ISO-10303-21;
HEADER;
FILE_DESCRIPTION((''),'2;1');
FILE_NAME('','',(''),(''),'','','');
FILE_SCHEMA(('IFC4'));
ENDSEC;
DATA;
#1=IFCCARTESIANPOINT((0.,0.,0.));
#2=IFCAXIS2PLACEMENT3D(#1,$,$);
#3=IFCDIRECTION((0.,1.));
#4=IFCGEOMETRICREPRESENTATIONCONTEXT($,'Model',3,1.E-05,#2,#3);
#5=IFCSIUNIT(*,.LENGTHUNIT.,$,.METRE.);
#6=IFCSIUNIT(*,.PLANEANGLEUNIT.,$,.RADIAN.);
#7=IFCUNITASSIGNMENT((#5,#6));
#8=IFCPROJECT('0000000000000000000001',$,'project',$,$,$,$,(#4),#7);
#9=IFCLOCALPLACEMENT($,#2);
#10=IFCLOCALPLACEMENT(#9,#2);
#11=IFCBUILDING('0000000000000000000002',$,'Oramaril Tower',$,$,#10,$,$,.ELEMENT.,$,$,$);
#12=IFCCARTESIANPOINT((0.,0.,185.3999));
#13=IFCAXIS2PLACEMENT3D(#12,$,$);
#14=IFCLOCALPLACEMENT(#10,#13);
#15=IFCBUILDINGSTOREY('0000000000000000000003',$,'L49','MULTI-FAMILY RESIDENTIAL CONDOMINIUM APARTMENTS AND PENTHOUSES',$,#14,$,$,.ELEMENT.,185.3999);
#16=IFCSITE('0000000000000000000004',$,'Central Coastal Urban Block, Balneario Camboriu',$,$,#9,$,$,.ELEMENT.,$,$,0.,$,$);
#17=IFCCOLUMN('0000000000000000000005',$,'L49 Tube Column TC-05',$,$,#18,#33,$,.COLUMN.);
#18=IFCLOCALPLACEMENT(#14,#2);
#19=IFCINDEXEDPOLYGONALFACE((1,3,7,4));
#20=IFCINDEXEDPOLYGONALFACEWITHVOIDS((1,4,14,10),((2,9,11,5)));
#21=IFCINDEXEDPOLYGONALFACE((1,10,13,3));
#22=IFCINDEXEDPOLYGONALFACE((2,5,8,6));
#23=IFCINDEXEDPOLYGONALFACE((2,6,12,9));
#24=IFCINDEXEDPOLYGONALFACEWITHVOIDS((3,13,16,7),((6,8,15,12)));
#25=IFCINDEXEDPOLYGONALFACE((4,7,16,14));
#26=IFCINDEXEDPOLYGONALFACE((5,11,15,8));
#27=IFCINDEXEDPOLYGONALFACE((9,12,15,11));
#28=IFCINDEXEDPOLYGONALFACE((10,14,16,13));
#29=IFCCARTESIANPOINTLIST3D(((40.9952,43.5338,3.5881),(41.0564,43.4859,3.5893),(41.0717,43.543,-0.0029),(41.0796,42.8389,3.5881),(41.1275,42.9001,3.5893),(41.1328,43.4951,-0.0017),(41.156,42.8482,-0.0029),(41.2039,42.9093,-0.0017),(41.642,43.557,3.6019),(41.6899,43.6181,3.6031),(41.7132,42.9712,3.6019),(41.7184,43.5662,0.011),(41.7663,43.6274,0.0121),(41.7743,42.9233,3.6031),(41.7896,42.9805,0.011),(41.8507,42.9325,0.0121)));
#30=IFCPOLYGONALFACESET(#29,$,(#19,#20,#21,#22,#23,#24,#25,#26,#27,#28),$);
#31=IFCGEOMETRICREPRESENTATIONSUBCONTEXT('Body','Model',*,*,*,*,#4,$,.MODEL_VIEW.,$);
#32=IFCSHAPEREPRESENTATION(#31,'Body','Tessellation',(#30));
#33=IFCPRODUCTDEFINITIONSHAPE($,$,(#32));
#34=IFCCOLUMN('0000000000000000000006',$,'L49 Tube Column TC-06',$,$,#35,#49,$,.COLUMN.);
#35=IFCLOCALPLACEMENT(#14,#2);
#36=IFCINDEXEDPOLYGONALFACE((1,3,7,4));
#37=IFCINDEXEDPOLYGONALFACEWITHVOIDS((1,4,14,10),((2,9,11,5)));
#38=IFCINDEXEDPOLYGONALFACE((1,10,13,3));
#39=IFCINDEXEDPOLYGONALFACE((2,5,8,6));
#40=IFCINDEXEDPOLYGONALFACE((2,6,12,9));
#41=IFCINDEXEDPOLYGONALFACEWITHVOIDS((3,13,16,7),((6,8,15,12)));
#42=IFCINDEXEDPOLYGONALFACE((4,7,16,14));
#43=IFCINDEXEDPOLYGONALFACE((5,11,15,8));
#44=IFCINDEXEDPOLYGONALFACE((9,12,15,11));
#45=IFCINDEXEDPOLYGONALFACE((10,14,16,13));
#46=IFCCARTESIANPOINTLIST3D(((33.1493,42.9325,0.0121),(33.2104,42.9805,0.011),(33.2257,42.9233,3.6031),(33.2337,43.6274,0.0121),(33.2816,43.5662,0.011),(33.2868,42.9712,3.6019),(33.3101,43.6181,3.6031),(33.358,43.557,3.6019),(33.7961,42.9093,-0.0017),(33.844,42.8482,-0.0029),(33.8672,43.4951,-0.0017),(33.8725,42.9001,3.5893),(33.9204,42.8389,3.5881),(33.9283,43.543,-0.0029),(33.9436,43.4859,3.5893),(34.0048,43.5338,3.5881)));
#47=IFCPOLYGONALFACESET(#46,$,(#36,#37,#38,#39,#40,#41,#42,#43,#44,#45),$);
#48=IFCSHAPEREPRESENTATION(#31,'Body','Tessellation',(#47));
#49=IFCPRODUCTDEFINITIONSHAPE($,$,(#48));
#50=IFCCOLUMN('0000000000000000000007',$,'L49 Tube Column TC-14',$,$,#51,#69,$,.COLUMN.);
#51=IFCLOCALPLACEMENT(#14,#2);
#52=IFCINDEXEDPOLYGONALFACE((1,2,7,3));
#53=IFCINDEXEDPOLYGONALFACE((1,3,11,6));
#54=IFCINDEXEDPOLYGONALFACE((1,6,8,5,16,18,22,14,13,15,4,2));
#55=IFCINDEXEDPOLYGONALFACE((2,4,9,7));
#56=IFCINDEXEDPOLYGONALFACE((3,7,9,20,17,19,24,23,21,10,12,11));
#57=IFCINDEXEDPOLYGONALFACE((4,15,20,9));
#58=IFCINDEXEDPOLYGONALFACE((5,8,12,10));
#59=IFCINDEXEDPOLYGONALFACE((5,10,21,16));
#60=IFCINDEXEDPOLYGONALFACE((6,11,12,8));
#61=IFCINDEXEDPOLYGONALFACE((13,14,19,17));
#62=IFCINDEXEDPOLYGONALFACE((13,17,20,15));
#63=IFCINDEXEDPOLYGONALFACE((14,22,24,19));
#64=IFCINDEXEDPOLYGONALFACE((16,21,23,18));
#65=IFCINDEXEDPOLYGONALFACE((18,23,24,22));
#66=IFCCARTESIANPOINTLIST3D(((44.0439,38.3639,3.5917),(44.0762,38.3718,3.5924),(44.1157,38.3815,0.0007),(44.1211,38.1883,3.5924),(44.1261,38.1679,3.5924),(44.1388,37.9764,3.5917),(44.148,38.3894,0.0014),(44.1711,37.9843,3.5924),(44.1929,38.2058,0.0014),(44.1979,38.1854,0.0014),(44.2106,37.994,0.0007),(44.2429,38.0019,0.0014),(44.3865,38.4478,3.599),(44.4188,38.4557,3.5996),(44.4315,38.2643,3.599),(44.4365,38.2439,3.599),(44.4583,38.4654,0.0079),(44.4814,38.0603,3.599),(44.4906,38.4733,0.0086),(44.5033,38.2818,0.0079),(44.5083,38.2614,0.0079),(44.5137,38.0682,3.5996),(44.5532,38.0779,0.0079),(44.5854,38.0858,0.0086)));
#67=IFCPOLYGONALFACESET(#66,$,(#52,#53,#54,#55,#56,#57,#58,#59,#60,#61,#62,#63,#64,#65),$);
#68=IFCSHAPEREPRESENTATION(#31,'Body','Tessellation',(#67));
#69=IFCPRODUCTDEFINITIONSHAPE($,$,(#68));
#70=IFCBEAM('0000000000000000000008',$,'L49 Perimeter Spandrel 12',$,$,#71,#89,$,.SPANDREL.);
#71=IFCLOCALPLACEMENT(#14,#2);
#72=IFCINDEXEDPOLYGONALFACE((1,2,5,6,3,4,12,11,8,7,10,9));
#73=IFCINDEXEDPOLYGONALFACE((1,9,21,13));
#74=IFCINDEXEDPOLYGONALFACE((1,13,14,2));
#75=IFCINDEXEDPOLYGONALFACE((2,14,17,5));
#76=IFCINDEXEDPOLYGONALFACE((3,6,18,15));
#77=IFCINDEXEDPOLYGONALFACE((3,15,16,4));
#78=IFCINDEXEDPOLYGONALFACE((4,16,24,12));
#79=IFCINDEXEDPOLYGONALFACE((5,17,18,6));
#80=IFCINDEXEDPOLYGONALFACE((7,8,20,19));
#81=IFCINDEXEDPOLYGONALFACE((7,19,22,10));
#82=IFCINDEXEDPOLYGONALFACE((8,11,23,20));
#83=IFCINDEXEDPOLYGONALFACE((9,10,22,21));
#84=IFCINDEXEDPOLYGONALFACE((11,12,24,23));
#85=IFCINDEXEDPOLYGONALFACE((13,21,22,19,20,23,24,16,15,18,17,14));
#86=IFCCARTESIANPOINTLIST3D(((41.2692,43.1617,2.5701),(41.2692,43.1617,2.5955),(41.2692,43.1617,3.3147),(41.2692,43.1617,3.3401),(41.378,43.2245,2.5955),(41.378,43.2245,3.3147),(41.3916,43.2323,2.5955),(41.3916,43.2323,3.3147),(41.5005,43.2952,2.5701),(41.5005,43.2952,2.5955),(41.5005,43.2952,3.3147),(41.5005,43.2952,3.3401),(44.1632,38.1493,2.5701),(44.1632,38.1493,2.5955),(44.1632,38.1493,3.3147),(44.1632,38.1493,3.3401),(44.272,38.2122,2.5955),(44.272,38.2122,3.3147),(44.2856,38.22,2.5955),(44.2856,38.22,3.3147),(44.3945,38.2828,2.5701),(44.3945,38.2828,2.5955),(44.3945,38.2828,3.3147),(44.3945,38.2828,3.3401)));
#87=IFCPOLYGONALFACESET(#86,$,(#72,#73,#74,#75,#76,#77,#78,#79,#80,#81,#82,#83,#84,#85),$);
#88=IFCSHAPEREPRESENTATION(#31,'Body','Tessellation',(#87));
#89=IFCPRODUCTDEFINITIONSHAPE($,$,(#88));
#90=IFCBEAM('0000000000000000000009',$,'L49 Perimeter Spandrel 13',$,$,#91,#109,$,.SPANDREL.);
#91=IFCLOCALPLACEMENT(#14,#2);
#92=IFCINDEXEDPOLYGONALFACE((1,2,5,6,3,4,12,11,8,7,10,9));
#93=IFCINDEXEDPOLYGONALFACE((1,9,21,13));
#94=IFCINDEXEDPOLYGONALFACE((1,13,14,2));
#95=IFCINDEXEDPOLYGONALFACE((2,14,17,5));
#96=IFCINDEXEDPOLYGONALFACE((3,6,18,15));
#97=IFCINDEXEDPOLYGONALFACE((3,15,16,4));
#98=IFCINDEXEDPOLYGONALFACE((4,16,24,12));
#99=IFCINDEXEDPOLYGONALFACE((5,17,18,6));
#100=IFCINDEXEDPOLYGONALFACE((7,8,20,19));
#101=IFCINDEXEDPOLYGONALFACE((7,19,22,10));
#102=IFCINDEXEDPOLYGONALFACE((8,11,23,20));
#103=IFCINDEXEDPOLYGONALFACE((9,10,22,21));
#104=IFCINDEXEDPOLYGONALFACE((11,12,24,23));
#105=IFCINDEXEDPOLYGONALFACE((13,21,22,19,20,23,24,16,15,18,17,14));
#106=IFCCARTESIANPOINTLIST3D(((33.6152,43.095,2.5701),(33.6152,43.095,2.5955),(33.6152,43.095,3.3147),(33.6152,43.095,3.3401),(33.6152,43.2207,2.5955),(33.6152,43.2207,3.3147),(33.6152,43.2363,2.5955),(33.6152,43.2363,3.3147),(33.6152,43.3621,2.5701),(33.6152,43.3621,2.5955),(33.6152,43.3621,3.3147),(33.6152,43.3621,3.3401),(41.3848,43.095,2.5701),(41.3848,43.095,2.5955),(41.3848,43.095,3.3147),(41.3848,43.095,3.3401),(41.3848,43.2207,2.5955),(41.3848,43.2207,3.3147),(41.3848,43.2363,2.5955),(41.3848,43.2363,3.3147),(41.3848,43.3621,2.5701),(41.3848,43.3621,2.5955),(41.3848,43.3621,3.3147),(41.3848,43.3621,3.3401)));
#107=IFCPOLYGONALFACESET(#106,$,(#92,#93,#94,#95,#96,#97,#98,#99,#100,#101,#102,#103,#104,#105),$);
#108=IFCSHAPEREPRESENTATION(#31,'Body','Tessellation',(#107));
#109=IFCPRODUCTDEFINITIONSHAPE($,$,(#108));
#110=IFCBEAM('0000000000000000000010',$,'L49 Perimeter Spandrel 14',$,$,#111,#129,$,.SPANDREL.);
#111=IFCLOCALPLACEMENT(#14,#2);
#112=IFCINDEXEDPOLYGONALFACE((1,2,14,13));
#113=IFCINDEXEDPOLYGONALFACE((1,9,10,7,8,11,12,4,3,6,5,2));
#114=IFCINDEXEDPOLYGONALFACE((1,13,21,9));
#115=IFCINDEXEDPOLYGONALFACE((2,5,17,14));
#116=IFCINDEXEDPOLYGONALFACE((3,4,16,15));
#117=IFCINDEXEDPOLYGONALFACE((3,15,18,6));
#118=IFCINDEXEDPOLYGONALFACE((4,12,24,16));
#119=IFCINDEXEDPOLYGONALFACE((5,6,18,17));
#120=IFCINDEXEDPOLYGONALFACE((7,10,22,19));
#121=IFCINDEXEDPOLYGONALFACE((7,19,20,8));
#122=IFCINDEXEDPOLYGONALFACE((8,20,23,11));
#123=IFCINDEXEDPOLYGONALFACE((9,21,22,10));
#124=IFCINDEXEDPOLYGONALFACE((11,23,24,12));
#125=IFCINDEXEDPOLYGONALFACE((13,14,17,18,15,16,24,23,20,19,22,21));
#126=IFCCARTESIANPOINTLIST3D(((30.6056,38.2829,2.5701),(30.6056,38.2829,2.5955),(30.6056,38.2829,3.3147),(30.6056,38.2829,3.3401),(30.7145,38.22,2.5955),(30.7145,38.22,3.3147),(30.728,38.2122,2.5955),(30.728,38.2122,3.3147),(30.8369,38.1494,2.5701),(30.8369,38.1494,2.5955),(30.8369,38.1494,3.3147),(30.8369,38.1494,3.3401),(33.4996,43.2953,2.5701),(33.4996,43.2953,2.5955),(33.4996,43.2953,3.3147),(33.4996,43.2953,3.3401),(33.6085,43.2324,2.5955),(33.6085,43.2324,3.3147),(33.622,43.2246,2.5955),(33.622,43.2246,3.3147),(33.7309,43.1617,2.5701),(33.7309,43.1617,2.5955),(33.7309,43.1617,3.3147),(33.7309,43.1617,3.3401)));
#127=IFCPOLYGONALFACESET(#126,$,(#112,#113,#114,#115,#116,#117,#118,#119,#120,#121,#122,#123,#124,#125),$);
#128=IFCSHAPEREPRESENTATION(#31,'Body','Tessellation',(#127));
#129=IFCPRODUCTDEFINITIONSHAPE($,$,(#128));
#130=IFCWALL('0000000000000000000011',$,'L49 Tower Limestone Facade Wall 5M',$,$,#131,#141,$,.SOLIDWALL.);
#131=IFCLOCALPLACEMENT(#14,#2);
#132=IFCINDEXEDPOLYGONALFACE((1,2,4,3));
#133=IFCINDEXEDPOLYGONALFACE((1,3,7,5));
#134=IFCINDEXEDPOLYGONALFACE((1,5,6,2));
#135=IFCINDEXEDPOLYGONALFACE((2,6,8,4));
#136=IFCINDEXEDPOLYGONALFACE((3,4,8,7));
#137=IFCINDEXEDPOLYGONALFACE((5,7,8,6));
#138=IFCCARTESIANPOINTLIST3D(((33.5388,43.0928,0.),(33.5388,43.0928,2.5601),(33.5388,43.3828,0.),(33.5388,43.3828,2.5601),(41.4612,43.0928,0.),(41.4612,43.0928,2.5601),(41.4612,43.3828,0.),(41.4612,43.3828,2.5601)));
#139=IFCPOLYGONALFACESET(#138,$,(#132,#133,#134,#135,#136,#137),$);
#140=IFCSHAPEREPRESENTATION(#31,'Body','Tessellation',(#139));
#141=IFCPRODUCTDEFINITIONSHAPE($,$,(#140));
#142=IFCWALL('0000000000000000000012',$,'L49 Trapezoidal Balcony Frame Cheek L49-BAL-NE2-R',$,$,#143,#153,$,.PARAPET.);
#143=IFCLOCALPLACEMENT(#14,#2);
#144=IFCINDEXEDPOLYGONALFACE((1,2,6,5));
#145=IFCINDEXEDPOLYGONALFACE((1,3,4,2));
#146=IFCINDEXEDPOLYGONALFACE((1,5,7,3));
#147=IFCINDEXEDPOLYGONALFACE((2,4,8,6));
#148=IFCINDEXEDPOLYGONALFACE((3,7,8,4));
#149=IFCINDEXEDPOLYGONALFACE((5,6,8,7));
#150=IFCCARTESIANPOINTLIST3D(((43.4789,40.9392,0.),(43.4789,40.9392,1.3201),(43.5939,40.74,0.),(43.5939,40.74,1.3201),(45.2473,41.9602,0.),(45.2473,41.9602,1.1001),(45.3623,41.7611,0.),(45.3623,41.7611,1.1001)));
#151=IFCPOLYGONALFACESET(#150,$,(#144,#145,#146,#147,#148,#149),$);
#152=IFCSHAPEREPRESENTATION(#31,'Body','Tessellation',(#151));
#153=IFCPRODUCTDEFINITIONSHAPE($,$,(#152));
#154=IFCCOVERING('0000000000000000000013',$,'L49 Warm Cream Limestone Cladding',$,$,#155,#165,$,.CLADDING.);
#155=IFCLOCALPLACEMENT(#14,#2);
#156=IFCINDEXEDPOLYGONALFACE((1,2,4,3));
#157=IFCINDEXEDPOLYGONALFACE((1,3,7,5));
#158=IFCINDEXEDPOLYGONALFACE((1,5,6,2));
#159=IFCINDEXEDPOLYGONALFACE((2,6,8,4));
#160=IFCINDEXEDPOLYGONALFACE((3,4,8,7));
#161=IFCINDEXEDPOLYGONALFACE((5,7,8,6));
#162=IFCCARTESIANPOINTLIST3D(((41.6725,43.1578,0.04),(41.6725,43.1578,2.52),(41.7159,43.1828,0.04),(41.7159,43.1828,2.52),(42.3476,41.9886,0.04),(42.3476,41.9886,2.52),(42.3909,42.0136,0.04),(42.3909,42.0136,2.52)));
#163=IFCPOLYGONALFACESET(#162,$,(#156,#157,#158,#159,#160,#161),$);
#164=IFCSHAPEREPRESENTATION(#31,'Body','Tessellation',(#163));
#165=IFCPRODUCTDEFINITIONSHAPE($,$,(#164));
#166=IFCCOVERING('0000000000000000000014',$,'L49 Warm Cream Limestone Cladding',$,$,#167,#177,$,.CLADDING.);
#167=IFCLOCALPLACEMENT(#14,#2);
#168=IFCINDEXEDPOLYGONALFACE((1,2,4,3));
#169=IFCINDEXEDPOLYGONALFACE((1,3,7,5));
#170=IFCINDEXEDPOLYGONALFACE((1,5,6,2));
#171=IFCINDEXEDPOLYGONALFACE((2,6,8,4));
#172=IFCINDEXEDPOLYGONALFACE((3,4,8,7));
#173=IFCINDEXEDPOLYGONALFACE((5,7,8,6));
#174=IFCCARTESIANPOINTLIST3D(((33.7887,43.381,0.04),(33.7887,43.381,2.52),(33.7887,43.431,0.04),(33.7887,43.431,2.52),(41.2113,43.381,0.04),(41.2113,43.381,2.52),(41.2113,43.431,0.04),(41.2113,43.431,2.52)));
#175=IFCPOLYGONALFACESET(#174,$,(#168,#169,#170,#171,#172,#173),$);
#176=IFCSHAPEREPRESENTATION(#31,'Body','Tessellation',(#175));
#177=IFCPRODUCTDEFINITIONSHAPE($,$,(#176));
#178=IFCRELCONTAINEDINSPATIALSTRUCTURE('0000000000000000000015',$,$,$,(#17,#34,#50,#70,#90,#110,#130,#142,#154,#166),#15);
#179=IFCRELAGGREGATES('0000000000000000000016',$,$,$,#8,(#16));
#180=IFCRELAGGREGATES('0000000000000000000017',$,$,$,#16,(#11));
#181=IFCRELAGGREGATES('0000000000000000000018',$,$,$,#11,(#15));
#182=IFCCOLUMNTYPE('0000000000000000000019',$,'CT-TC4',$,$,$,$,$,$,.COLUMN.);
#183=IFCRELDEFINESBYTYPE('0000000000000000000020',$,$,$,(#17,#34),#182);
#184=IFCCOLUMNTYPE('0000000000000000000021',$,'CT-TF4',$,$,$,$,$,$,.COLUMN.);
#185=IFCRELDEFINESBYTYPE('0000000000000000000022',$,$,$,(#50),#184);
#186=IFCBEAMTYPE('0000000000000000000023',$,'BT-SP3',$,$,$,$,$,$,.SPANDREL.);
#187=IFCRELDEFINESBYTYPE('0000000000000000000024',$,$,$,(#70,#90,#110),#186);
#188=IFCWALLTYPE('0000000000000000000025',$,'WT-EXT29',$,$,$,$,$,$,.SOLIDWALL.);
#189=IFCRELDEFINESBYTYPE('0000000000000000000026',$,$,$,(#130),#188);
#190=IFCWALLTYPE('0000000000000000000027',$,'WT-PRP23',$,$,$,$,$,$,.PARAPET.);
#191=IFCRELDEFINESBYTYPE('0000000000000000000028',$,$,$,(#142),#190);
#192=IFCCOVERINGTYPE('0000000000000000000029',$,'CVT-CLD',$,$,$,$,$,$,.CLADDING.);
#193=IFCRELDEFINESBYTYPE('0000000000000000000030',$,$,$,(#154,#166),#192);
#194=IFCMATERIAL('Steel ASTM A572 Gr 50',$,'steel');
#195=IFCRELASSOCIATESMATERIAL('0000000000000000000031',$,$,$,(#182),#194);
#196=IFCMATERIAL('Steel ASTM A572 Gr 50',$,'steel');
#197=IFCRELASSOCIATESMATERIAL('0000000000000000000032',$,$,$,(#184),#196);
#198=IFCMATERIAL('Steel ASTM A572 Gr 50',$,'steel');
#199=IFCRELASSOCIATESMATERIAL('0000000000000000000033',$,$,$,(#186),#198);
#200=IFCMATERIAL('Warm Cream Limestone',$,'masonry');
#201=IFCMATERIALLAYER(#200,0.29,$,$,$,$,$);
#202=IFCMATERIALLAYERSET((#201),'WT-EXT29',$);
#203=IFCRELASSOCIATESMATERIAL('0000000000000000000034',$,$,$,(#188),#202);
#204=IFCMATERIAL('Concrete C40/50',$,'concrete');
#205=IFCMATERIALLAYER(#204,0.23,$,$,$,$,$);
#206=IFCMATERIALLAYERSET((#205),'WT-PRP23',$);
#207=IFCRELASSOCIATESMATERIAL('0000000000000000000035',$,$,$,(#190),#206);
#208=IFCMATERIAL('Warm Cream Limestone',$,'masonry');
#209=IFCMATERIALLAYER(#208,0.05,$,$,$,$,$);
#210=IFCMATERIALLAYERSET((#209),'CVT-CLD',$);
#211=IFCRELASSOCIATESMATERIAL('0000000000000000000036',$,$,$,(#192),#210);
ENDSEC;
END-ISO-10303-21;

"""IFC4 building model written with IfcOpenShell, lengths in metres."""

from ifc_helpers import new_model, si_unit, direction, frame, frame_2d, origin, origin_2d, place, context, subcontext, project, spatial, polyline, rectangle, hollow_rectangle, i_section, outline, extrude, material, layer, layer_set, material_profile, profile_set, type_object, element, save


model = new_model("IFC4")

# Units and contexts
model_context = context("Model", 3, precision=1e-05, world=origin(), true_north=direction((0.0, 1.0)))
body_context = subcontext(model_context, "Body", "Model", "MODEL_VIEW")
ifc_project = project(units=[si_unit("LENGTHUNIT", "METRE"), si_unit("PLANEANGLEUNIT", "RADIAN")], contexts=[model_context])

# Site, building, storey
site_placement = place(None, origin())
site = spatial("IfcSite", under=ifc_project, at=site_placement, Name="Central Coastal Urban Block, Balneario Camboriu", CompositionType="ELEMENT", RefElevation=0.0)
building_placement = place(site_placement, origin())
building = spatial("IfcBuilding", under=site, at=building_placement, Name="Oramaril Tower", CompositionType="ELEMENT")
storey_placement = place(building_placement, frame((0.0, 0.0, 185.3999)))
storey = spatial("IfcBuildingStorey", under=building, at=storey_placement, Name="L49", Description="MULTI-FAMILY RESIDENTIAL CONDOMINIUM APARTMENTS AND PENTHOUSES", CompositionType="ELEMENT", Elevation=185.3999)

# Columns
ifc_material_1 = material(Name="Steel ASTM A572 Gr 50", Category="steel")
ifc_material_profile_1 = material_profile(ifc_material_1, hollow_rectangle(XDim=0.7, YDim=0.7, WallThickness=0.0549, at=origin_2d()), Name="BOX700X700X55")
ifc_profile_set_1 = profile_set([ifc_material_profile_1], Name="Steel ASTM A572 Gr 50")
column_type_1 = type_object("IfcColumnType", Name="CT-TC4", PredefinedType="COLUMN", material=ifc_profile_set_1)
for number, where, z_axis, x_axis, name in (
    (1, (41.4612, 43.2378, 0.0046), (-0.021275, -0.002583, 0.99977), (0.120521, -0.992711, 0.0), "L49 Tube Column TC-05"),
    (2, (33.5388, 43.2378, 0.0046), (0.021275, -0.002583, 0.99977), (0.120521, 0.992711, 0.0), "L49 Tube Column TC-06"),
):
    element("IfcColumn", number, at=place(storey_placement, frame(where, z_axis=z_axis, x_axis=x_axis)), inside=storey, type_object=column_type_1, Name=name, PredefinedType="COLUMN", context=body_context, shape_type="SweptSolid", body=[
        extrude(hollow_rectangle(XDim=0.7, YDim=0.7, WallThickness=0.0549, at=origin_2d()), origin(), (0.0, 0.0, 1.0), 3.5918),
    ])
ifc_material_2 = material(Name="Steel ASTM A572 Gr 50", Category="steel")
ifc_material_profile_2 = material_profile(ifc_material_2, i_section(OverallWidth=0.3989, OverallDepth=0.386, WebThickness=0.021, FlangeThickness=0.0332, at=origin_2d()), Name="W14X176")
ifc_profile_set_2 = profile_set([ifc_material_profile_2], Name="Steel ASTM A572 Gr 50")
column_type_2 = type_object("IfcColumnType", Name="CT-TF4", PredefinedType="COLUMN", material=ifc_profile_set_2)
column_placement = place(storey_placement, frame((44.3506, 38.2336, 0.0046), z_axis=(-0.019984, -0.004894, 0.999788), x_axis=(0.237869, -0.971297, 0.0)))
element("IfcColumn", 3, at=column_placement, inside=storey, type_object=column_type_2, Name="L49 Tube Column TC-14", PredefinedType="COLUMN", context=body_context, shape_type="SweptSolid", body=[
    extrude(i_section(OverallWidth=0.3989, OverallDepth=0.386, WebThickness=0.021, FlangeThickness=0.0332, at=origin_2d()), origin(), (0.0, 0.0, 1.0), 3.5918),
])

# Beams
ifc_material_3 = material(Name="Steel ASTM A572 Gr 50", Category="steel")
ifc_material_profile_3 = material_profile(ifc_material_3, i_section(OverallWidth=0.2671, OverallDepth=0.77, WebThickness=0.0156, FlangeThickness=0.0254, at=origin_2d()), Name="W30X132")
ifc_profile_set_3 = profile_set([ifc_material_profile_3], Name="Steel ASTM A572 Gr 50")
beam_type = type_object("IfcBeamType", Name="BT-SP3", PredefinedType="SPANDREL", material=ifc_profile_set_3)
beam_1_placement = place(storey_placement, frame((44.2788, 38.2161, 2.9551), z_axis=(-0.500013, 0.866018, 0.0), x_axis=(-0.866018, -0.500013, 0.0)))
element("IfcBeam", 4, at=beam_1_placement, inside=storey, type_object=beam_type, Name="L49 Perimeter Spandrel 12", PredefinedType="SPANDREL", context=body_context, shape_type="SweptSolid", body=[
    extrude(i_section(OverallWidth=0.2671, OverallDepth=0.77, WebThickness=0.0156, FlangeThickness=0.0254, at=origin_2d()), origin(), (0.0, 0.0, 1.0), 5.7878),
])
beam_2_placement = place(storey_placement, frame((41.3848, 43.2285, 2.9551), z_axis=(-1.0, 0.0, 0.0), x_axis=(0.0, -1.0, 0.0)))
element("IfcBeam", 5, at=beam_2_placement, inside=storey, type_object=beam_type, Name="L49 Perimeter Spandrel 13", PredefinedType="SPANDREL", context=body_context, shape_type="SweptSolid", body=[
    extrude(i_section(OverallWidth=0.2671, OverallDepth=0.77, WebThickness=0.0156, FlangeThickness=0.0254, at=origin_2d()), origin(), (0.0, 0.0, 1.0), 7.7695),
])
beam_3_placement = place(storey_placement, frame((33.6152, 43.2285, 2.9551), z_axis=(-0.500013, -0.866018, 0.0), x_axis=(0.866018, -0.500013, 0.0)))
element("IfcBeam", 6, at=beam_3_placement, inside=storey, type_object=beam_type, Name="L49 Perimeter Spandrel 14", PredefinedType="SPANDREL", context=body_context, shape_type="SweptSolid", body=[
    extrude(i_section(OverallWidth=0.2671, OverallDepth=0.77, WebThickness=0.0156, FlangeThickness=0.0254, at=origin_2d()), origin(), (0.0, 0.0, 1.0), 5.7878),
])

# Wall
ifc_material_4 = material(Name="Warm Cream Limestone", Category="masonry")
ifc_layer_1 = layer(ifc_material_4, 0.29)
ifc_layer_set_1 = layer_set([ifc_layer_1], Name="WT-EXT29")
wall_type_1 = type_object("IfcWallType", Name="WT-EXT29", PredefinedType="SOLIDWALL", material=ifc_layer_set_1)
wall_1_placement = place(storey_placement, frame((41.4612, 43.2378, 0.0), z_axis=(0.0, 0.0, 1.0), x_axis=(-1.0, 0.0, 0.0)))
element("IfcWall", 7, at=wall_1_placement, inside=storey, type_object=wall_type_1, Name="L49 Tower Limestone Facade Wall 5M", PredefinedType="SOLIDWALL", context=body_context, shape_type="SweptSolid", body=[
    extrude(rectangle(XDim=7.9224, YDim=0.29, at=frame_2d((3.9612, 0.0))), origin(), (0.0, 0.0, 1.0), 2.5601),
])

# Wall
ifc_material_5 = material(Name="Concrete C40/50", Category="concrete")
ifc_layer_2 = layer(ifc_material_5, 0.23)
ifc_layer_set_2 = layer_set([ifc_layer_2], Name="WT-PRP23")
wall_type_2 = type_object("IfcWallType", Name="WT-PRP23", PredefinedType="PARAPET", material=ifc_layer_set_2)
wall_2_placement = place(storey_placement, frame((43.5364, 40.8396, 0.0), z_axis=(0.0, 0.0, 1.0), x_axis=(0.866012, 0.500023, 0.0)))
element("IfcWall", 8, at=wall_2_placement, inside=storey, type_object=wall_type_2, Name="L49 Trapezoidal Balcony Frame Cheek L49-BAL-NE2-R", PredefinedType="PARAPET", context=body_context, shape_type="SweptSolid", body=[
    extrude(outline(polyline([(0.0, 0.0), (2.042, 0.0), (2.042, 1.1001), (0.0, 1.3201), (0.0, 0.0)])), frame((0.0, 0.115, 0.0), z_axis=(0.0, -1.0, 0.0), x_axis=(1.0, 0.0, 0.0)), (0.0, 0.0, 1.0), 0.23),
])

# Coverings
ifc_material_6 = material(Name="Warm Cream Limestone", Category="masonry")
ifc_layer_3 = layer(ifc_material_6, 0.05)
ifc_layer_set_3 = layer_set([ifc_layer_3], Name="CVT-CLD")
covering_type = type_object("IfcCoveringType", Name="CVT-CLD", PredefinedType="CLADDING", material=ifc_layer_set_3)
covering_1_placement = place(storey_placement, frame((42.0317, 42.5857, 0.04), z_axis=(0.0, 0.0, 1.0), x_axis=(-0.5, 0.866025, 0.0)))
element("IfcCovering", 9, at=covering_1_placement, inside=storey, type_object=covering_type, Name="L49 Warm Cream Limestone Cladding", PredefinedType="CLADDING", context=body_context, shape_type="SweptSolid", body=[
    extrude(rectangle(XDim=1.3501, YDim=0.05, at=origin_2d()), origin(), (0.0, 0.0, 1.0), 2.48),
])
covering_2_placement = place(storey_placement, frame((37.5, 43.406, 0.04), z_axis=(0.0, 0.0, 1.0), x_axis=(-1.0, 0.0, 0.0)))
element("IfcCovering", 10, at=covering_2_placement, inside=storey, type_object=covering_type, Name="L49 Warm Cream Limestone Cladding", PredefinedType="CLADDING", context=body_context, shape_type="SweptSolid", body=[
    extrude(rectangle(XDim=7.4226, YDim=0.05, at=origin_2d()), origin(), (0.0, 0.0, 1.0), 2.48),
])

save(model, "model.ifc")
